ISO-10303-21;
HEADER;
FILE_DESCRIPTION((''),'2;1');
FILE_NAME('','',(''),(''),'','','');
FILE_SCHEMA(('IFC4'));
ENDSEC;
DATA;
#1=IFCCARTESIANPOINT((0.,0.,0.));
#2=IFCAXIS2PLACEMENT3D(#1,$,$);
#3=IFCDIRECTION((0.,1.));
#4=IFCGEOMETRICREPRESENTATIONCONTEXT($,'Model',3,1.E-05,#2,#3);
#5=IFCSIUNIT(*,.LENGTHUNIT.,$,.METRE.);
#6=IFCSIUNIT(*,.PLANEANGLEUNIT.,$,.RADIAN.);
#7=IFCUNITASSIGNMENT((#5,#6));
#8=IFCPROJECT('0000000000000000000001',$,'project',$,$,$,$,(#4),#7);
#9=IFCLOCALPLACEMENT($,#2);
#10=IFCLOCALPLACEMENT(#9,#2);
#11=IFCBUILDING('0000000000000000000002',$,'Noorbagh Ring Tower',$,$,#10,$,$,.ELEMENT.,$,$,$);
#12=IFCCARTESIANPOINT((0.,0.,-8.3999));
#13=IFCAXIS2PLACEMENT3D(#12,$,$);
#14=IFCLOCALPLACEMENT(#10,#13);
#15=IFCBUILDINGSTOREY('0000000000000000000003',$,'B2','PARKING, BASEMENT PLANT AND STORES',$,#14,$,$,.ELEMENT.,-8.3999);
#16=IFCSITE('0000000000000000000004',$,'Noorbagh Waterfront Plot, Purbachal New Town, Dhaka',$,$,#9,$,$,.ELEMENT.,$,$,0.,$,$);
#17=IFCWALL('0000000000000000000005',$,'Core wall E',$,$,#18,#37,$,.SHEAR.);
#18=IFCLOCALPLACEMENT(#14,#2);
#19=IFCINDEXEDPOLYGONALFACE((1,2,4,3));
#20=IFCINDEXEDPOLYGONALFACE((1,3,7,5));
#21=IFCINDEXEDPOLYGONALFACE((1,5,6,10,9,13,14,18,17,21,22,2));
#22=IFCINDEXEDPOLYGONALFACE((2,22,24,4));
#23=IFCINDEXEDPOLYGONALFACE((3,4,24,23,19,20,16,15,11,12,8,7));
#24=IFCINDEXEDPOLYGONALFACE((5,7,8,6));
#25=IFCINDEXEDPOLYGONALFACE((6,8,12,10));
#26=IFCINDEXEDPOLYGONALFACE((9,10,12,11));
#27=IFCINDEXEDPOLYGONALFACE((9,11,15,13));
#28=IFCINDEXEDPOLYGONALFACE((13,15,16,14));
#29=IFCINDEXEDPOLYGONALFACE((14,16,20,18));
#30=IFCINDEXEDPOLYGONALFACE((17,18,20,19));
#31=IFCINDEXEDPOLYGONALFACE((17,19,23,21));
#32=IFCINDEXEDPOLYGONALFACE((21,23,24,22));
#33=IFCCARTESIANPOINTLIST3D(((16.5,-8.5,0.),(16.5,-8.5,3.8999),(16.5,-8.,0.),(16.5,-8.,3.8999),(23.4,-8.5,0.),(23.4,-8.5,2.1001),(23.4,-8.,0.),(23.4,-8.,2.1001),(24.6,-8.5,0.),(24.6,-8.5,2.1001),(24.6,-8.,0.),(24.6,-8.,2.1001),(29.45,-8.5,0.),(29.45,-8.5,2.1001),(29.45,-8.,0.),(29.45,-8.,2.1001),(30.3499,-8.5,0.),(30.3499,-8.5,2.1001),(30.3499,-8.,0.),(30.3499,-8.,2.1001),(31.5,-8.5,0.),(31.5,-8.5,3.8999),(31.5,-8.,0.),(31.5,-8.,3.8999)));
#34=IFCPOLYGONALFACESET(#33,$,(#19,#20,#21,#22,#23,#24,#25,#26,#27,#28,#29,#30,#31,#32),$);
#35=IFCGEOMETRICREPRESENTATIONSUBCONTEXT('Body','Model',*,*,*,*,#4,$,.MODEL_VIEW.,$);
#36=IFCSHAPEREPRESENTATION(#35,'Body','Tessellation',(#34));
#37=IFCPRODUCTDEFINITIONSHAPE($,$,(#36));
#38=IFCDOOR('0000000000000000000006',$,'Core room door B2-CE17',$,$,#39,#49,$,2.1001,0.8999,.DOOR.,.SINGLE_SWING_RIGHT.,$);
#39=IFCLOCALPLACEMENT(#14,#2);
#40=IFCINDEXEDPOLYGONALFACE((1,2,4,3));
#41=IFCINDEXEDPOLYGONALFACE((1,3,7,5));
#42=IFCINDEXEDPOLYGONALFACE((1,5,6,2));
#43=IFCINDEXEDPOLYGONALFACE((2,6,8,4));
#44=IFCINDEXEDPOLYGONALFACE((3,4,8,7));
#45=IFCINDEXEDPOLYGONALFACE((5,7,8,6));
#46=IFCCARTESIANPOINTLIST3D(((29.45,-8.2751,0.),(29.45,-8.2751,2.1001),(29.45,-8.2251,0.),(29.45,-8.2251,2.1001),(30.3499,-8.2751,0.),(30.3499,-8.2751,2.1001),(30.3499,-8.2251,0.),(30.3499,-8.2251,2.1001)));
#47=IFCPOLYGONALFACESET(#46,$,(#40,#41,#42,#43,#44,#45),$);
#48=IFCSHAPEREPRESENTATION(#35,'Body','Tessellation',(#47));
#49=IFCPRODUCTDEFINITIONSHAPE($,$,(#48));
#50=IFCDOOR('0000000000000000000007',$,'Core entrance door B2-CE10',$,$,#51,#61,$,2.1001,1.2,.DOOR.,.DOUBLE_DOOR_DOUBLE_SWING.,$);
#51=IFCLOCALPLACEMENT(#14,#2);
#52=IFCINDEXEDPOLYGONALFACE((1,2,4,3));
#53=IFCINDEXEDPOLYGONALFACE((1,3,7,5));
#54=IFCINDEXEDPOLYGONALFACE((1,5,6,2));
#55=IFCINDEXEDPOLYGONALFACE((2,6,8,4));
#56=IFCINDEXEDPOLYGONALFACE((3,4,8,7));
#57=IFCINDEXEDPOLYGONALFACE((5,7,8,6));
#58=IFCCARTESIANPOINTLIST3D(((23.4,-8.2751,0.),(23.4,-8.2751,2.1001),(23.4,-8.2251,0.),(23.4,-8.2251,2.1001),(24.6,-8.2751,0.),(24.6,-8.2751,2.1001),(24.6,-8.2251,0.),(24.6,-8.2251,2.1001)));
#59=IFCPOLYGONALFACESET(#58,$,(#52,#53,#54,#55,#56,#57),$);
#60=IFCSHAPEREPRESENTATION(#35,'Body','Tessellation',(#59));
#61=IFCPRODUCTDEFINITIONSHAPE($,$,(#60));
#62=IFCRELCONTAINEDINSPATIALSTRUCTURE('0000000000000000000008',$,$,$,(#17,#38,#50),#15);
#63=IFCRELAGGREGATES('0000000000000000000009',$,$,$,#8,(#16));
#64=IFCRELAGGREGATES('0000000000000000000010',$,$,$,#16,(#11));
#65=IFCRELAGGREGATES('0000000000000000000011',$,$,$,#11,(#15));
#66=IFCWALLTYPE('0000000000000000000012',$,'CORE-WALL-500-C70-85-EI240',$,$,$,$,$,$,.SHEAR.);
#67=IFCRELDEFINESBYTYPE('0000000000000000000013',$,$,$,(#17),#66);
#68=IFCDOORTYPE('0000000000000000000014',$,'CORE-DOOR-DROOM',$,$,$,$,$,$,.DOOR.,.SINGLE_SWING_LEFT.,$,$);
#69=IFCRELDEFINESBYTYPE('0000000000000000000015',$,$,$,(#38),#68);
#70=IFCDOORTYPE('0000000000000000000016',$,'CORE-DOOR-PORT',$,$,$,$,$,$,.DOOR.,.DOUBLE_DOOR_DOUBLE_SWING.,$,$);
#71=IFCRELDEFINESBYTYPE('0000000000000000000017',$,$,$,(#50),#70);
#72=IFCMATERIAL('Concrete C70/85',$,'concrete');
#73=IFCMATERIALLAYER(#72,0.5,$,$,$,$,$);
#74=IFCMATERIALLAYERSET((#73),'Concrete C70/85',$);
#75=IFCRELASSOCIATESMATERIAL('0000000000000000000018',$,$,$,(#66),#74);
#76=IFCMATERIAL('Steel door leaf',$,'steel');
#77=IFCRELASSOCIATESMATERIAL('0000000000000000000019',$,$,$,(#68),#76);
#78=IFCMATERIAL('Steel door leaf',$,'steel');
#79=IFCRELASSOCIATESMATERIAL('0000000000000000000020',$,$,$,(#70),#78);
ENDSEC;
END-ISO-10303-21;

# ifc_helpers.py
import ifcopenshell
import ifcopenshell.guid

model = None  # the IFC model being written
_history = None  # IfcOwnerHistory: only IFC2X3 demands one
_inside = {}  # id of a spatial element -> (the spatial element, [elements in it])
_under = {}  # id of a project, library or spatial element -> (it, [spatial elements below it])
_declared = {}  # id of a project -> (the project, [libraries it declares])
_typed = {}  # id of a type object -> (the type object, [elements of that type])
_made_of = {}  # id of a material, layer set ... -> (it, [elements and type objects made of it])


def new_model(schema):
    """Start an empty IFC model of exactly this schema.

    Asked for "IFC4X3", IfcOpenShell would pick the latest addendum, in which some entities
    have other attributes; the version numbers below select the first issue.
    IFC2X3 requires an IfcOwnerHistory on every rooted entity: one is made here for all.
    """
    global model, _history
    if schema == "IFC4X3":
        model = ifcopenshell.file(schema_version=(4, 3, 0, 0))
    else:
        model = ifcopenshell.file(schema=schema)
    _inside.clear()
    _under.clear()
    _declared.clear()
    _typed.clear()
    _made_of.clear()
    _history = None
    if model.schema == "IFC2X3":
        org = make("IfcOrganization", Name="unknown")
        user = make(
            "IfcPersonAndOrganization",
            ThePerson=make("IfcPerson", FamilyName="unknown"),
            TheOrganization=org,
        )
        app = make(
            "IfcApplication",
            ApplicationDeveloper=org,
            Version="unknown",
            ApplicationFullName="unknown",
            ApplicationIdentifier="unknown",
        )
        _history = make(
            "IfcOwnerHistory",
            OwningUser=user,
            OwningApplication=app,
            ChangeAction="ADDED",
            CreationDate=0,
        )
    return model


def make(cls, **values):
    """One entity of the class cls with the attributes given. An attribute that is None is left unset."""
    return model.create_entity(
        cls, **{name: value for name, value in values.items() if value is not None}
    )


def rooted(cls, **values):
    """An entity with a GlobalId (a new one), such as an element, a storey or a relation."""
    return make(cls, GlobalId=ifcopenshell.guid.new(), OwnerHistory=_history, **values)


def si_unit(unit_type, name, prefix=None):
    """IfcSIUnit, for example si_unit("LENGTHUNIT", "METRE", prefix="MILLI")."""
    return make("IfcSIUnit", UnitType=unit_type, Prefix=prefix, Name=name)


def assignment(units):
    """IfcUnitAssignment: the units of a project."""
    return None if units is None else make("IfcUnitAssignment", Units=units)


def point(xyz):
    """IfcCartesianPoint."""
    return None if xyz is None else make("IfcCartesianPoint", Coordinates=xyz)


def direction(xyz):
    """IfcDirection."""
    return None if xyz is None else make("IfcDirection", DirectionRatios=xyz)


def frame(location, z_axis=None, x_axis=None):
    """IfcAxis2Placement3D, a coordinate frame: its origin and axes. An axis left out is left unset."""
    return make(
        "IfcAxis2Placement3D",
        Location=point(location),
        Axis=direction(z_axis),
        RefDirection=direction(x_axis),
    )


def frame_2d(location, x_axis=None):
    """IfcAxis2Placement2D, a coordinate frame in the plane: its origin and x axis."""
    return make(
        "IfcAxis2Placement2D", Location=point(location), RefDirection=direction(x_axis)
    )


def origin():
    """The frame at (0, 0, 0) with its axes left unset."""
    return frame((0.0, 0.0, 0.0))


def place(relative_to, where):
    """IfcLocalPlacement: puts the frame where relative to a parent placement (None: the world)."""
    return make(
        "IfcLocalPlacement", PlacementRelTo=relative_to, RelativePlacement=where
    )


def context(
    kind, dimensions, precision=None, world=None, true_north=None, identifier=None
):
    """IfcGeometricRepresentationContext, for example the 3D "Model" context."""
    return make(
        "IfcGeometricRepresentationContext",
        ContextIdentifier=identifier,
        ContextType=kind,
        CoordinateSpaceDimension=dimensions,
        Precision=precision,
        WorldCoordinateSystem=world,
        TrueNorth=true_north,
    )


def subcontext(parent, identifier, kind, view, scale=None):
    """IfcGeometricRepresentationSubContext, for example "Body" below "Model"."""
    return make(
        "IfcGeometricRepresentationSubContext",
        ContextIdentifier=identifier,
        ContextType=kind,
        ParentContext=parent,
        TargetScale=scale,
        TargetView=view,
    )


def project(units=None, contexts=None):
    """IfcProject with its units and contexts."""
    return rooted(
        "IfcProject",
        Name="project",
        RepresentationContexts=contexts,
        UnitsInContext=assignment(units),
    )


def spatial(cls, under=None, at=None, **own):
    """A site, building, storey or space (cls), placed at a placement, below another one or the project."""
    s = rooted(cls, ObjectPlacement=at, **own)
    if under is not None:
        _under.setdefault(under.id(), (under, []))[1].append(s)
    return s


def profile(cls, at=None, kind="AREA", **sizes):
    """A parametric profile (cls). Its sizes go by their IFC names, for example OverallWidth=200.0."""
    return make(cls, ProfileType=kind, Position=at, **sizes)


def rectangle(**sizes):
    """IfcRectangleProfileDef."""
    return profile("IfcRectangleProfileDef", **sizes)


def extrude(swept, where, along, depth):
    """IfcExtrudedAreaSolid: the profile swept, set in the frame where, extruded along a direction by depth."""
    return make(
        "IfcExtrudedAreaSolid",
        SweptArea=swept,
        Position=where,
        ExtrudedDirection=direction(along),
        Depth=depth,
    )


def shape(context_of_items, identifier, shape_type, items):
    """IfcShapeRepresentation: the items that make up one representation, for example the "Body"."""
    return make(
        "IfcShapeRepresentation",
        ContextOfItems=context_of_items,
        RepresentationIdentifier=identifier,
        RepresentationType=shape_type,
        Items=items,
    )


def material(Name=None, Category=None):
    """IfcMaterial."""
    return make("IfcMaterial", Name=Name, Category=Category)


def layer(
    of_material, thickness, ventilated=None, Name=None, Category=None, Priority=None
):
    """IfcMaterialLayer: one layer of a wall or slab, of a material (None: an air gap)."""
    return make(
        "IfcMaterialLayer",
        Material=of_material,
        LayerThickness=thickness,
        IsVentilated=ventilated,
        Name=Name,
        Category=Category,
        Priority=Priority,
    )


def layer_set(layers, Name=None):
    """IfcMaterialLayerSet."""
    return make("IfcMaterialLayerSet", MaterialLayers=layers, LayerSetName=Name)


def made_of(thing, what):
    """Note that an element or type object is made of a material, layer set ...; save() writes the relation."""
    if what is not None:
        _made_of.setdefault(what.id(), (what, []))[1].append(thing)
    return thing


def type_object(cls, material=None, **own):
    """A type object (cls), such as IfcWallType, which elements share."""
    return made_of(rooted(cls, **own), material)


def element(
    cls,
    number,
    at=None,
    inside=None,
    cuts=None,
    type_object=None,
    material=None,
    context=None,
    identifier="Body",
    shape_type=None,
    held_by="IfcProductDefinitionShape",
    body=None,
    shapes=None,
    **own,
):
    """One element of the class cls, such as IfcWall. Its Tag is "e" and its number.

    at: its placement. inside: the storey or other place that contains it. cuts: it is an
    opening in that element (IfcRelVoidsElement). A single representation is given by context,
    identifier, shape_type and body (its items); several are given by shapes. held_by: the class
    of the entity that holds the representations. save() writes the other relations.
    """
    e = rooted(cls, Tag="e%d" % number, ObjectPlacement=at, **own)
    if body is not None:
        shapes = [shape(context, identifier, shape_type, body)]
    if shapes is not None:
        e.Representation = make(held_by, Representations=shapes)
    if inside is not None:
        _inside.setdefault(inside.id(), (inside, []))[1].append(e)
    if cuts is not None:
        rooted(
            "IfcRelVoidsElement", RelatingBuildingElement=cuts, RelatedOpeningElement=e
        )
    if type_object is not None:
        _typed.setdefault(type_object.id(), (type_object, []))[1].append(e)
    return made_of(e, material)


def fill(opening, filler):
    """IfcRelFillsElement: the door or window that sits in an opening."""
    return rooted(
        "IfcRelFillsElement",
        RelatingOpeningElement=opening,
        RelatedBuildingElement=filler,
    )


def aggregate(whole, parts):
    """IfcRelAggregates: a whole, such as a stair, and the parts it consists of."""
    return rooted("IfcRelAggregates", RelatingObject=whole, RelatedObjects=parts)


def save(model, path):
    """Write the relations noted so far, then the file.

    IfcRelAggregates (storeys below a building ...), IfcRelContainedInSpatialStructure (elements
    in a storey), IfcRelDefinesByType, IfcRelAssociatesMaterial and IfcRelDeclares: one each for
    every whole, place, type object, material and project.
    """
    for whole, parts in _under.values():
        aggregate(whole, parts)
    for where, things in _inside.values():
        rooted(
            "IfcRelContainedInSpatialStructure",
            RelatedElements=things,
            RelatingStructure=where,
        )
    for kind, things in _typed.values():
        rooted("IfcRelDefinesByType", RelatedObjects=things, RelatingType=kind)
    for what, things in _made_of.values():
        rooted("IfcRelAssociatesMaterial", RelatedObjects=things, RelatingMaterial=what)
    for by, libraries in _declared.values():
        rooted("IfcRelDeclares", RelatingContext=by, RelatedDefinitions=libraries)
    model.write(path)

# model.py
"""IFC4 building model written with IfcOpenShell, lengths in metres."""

from ifc_helpers import new_model, si_unit, direction, frame, frame_2d, origin, place, context, subcontext, project, spatial, rectangle, extrude, material, layer, layer_set, type_object, element, fill, save


model = new_model("IFC4")

# Units and contexts
model_context = context("Model", 3, precision=1e-05, world=origin(), true_north=direction((0.0, 1.0)))
body_context = subcontext(model_context, "Body", "Model", "MODEL_VIEW")
ifc_project = project(units=[si_unit("LENGTHUNIT", "METRE"), si_unit("PLANEANGLEUNIT", "RADIAN")], contexts=[model_context])

# Site, building, storey
site_placement = place(None, origin())
site = spatial("IfcSite", under=ifc_project, at=site_placement, Name="Noorbagh Waterfront Plot, Purbachal New Town, Dhaka", CompositionType="ELEMENT", RefElevation=0.0)
building_placement = place(site_placement, origin())
building = spatial("IfcBuilding", under=site, at=building_placement, Name="Noorbagh Ring Tower", CompositionType="ELEMENT")
storey_placement = place(building_placement, frame((0.0, 0.0, -8.3999)))
storey = spatial("IfcBuildingStorey", under=building, at=storey_placement, Name="B2", Description="PARKING, BASEMENT PLANT AND STORES", CompositionType="ELEMENT", Elevation=-8.3999)

# Wall, openings, doors
ifc_material_1 = material(Name="Concrete C70/85", Category="concrete")
ifc_layer_1 = layer(ifc_material_1, 0.5)
ifc_layer_set_1 = layer_set([ifc_layer_1], Name="Concrete C70/85")
wall_type_1 = type_object("IfcWallType", Name="CORE-WALL-500-C70-85-EI240", PredefinedType="SHEAR", material=ifc_layer_set_1)
wall_1_placement = place(storey_placement, frame((16.5, -8.25, 0.0), z_axis=(0.0, 0.0, 1.0), x_axis=(1.0, 0.0, 0.0)))
wall_1 = element("IfcWall", 1, at=wall_1_placement, inside=storey, type_object=wall_type_1, Name="Core wall E", PredefinedType="SHEAR", context=body_context, shape_type="SweptSolid", body=[
    extrude(rectangle(XDim=15.0, YDim=0.5, at=frame_2d((7.5, 0.0))), origin(), (0.0, 0.0, 1.0), 3.8999),
])
opening_1_placement = place(wall_1_placement, frame((6.8999, 0.0, 0.0)))
opening_1 = element("IfcOpeningElement", 2, at=opening_1_placement, cuts=wall_1, PredefinedType="OPENING", context=body_context, shape_type="SweptSolid", body=[
    extrude(rectangle(XDim=1.2, YDim=2.1001, at=frame_2d((0.6001, 1.05))), frame((0.0, 0.26, 0.0), z_axis=(0.0, -1.0, 0.0), x_axis=(1.0, 0.0, 0.0)), (0.0, 0.0, 1.0), 0.52),
])
opening_2_placement = place(wall_1_placement, frame((12.95, 0.0, 0.0)))
opening_2 = element("IfcOpeningElement", 3, at=opening_2_placement, cuts=wall_1, PredefinedType="OPENING", context=body_context, shape_type="SweptSolid", body=[
    extrude(rectangle(XDim=0.8999, YDim=2.1001, at=frame_2d((0.45, 1.05))), frame((0.0, 0.26, 0.0), z_axis=(0.0, -1.0, 0.0), x_axis=(1.0, 0.0, 0.0)), (0.0, 0.0, 1.0), 0.52),
])
ifc_material_2 = material(Name="Steel door leaf", Category="steel")
door_type_1 = type_object("IfcDoorType", Name="CORE-DOOR-DROOM", OperationType="SINGLE_SWING_LEFT", PredefinedType="DOOR", material=ifc_material_2)
door_1_placement = place(opening_2_placement, origin())
door_1 = element("IfcDoor", 4, at=door_1_placement, inside=storey, type_object=door_type_1, Name="Core room door B2-CE17", OperationType="SINGLE_SWING_RIGHT", OverallHeight=2.1001, OverallWidth=0.8999, PredefinedType="DOOR", context=body_context, shape_type="SweptSolid", body=[
    extrude(rectangle(XDim=0.8999, YDim=2.1001, at=frame_2d((0.45, 1.05))), frame((0.0, 0.0249, 0.0), z_axis=(0.0, -1.0, 0.0), x_axis=(1.0, 0.0, 0.0)), (0.0, 0.0, 1.0), 0.05),
])
fill(opening_2, door_1)
ifc_material_3 = material(Name="Steel door leaf", Category="steel")
door_type_2 = type_object("IfcDoorType", Name="CORE-DOOR-PORT", OperationType="DOUBLE_DOOR_DOUBLE_SWING", PredefinedType="DOOR", material=ifc_material_3)
door_2_placement = place(opening_1_placement, origin())
door_2 = element("IfcDoor", 5, at=door_2_placement, inside=storey, type_object=door_type_2, Name="Core entrance door B2-CE10", OperationType="DOUBLE_DOOR_DOUBLE_SWING", OverallHeight=2.1001, OverallWidth=1.2, PredefinedType="DOOR", context=body_context, shape_type="SweptSolid", body=[
    extrude(rectangle(XDim=1.2, YDim=2.1001, at=frame_2d((0.6001, 1.05))), frame((0.0, 0.0249, 0.0), z_axis=(0.0, -1.0, 0.0), x_axis=(1.0, 0.0, 0.0)), (0.0, 0.0, 1.0), 0.05),
])
fill(opening_1, door_2)

save(model, "model.ifc")
